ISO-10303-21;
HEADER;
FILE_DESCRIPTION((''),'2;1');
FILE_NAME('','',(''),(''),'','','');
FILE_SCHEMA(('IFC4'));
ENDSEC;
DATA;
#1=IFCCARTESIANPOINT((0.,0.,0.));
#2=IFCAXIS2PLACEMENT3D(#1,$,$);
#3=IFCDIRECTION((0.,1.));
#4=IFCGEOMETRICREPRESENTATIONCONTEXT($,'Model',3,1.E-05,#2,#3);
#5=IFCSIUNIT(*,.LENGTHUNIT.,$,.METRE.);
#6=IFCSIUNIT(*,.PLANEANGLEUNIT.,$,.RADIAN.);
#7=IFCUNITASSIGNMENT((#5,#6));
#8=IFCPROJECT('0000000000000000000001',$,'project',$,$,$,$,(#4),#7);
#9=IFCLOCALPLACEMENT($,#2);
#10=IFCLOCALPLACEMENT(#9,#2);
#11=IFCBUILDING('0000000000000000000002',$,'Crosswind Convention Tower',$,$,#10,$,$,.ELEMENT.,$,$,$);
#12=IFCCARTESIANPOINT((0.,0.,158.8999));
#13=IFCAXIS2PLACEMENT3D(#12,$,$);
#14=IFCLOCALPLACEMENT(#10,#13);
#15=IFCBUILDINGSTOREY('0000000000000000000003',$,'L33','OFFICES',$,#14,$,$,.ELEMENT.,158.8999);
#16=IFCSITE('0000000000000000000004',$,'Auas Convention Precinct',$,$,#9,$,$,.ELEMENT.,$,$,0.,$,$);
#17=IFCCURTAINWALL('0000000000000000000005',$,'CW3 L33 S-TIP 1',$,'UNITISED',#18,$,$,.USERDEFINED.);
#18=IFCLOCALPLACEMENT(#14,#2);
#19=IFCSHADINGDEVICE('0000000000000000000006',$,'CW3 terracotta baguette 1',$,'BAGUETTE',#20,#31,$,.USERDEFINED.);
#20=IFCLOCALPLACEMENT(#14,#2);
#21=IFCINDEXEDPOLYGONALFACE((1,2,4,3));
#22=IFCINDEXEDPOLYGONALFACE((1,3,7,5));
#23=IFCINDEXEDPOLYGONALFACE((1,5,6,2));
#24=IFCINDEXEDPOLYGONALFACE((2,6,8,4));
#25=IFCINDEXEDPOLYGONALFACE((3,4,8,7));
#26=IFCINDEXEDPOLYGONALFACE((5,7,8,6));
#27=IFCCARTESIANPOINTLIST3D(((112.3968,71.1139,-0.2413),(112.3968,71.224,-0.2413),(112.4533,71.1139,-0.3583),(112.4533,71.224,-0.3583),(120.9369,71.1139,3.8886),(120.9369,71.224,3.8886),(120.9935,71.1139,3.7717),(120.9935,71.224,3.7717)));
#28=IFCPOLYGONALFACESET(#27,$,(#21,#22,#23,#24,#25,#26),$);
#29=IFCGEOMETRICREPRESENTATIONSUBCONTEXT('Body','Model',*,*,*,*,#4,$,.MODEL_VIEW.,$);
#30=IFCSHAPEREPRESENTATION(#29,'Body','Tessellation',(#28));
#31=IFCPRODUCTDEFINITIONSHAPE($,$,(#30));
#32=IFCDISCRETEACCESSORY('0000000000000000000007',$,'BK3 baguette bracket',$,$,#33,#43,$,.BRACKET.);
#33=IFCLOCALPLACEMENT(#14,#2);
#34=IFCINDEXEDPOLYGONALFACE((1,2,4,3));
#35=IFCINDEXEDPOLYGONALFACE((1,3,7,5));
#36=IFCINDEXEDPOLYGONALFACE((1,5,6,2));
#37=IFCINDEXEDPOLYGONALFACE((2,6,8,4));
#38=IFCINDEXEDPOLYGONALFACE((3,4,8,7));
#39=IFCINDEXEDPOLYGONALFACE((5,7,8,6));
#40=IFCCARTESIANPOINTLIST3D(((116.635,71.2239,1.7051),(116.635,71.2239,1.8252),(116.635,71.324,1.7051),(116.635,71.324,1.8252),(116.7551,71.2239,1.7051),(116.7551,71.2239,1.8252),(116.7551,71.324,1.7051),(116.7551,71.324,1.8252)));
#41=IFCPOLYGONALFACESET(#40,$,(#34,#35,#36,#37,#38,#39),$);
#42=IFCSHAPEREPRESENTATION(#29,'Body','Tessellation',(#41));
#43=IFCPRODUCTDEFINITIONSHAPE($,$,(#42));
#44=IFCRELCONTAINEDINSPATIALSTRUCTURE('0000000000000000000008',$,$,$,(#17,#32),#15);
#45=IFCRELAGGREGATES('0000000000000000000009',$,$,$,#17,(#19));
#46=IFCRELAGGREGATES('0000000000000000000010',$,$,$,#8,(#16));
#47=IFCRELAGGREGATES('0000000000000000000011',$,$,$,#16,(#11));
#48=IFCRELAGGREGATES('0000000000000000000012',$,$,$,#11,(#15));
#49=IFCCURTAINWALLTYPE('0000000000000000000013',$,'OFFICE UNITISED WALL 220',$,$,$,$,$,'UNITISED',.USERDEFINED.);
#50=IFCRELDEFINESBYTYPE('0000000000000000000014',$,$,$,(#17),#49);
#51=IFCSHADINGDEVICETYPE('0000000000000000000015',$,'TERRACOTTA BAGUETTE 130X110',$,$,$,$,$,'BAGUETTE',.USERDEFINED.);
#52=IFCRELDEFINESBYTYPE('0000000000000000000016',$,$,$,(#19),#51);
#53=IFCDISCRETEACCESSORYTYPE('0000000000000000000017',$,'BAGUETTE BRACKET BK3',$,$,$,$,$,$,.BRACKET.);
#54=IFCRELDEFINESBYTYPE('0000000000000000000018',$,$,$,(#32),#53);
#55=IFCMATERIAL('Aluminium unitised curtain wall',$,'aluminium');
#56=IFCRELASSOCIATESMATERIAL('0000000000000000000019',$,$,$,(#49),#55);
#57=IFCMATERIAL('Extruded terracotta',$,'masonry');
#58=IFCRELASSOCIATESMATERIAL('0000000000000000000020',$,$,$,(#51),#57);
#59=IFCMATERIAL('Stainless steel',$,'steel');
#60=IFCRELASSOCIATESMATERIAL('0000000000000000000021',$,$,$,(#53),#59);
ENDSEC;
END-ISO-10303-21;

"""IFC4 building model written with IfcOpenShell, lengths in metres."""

from ifc_helpers import new_model, si_unit, direction, frame, origin, origin_2d, place, context, subcontext, project, spatial, rectangle, extrude, material, material_profile, profile_set, type_object, element, aggregate, save


model = new_model("IFC4")

# Units and contexts
model_context = context("Model", 3, precision=1e-05, world=origin(), true_north=direction((0.0, 1.0)))
body_context = subcontext(model_context, "Body", "Model", "MODEL_VIEW")
ifc_project = project(units=[si_unit("LENGTHUNIT", "METRE"), si_unit("PLANEANGLEUNIT", "RADIAN")], contexts=[model_context])

# Site, building, storey
site_placement = place(None, origin())
site = spatial("IfcSite", under=ifc_project, at=site_placement, Name="Auas Convention Precinct", CompositionType="ELEMENT", RefElevation=0.0)
building_placement = place(site_placement, origin())
building = spatial("IfcBuilding", under=site, at=building_placement, Name="Crosswind Convention Tower", CompositionType="ELEMENT")
storey_placement = place(building_placement, frame((0.0, 0.0, 158.8999)))
storey = spatial("IfcBuildingStorey", under=building, at=storey_placement, Name="L33", Description="OFFICES", CompositionType="ELEMENT", Elevation=158.8999)

# Curtain wall
ifc_material_1 = material(Name="Aluminium unitised curtain wall", Category="aluminium")
curtain_wall_type_1 = type_object("IfcCurtainWallType", Name="OFFICE UNITISED WALL 220", ElementType="UNITISED", PredefinedType="USERDEFINED", material=ifc_material_1)
curtain_wall_1_placement = place(storey_placement, origin())
curtain_wall_1 = element("IfcCurtainWall", 1, at=curtain_wall_1_placement, inside=storey, type_object=curtain_wall_type_1, Name="CW3 L33 S-TIP 1", ObjectType="UNITISED", PredefinedType="USERDEFINED")

# Shading device
ifc_material_2 = material(Name="Extruded terracotta", Category="masonry")
ifc_material_profile_1 = material_profile(ifc_material_2, rectangle(XDim=0.1101, YDim=0.1299, at=origin_2d()), Name="TC 110X130")
ifc_profile_set_1 = profile_set([ifc_material_profile_1], Name="Extruded terracotta")
shading_device_type = type_object("IfcShadingDeviceType", Name="TERRACOTTA BAGUETTE 130X110", ElementType="BAGUETTE", PredefinedType="USERDEFINED", material=ifc_profile_set_1)
shading_device_placement = place(storey_placement, frame((112.425, 71.1689, -0.2998), z_axis=(0.900258, 0.0, 0.435356), x_axis=(0.0, 1.0, 0.0)))
shading_device = element("IfcShadingDevice", 2, at=shading_device_placement, type_object=shading_device_type, Name="CW3 terracotta baguette 1", ObjectType="BAGUETTE", PredefinedType="USERDEFINED", context=body_context, shape_type="SweptSolid", body=[
    extrude(rectangle(XDim=0.1101, YDim=0.1299, at=origin_2d()), origin(), (0.0, 0.0, 1.0), 9.4863),
])
aggregate(curtain_wall_1, [shading_device])

# Discrete accessory
ifc_material_3 = material(Name="Stainless steel", Category="steel")
discrete_accessory_type = type_object("IfcDiscreteAccessoryType", Name="BAGUETTE BRACKET BK3", PredefinedType="BRACKET", material=ifc_material_3)
discrete_accessory_placement = place(storey_placement, frame((116.6951, 71.2739, 1.7051), z_axis=(0.0, 0.0, 1.0), x_axis=(1.0, 0.0, 0.0)))
element("IfcDiscreteAccessory", 3, at=discrete_accessory_placement, inside=storey, type_object=discrete_accessory_type, Name="BK3 baguette bracket", PredefinedType="BRACKET", context=body_context, shape_type="SweptSolid", body=[
    extrude(rectangle(XDim=0.1201, YDim=0.1001, at=origin_2d()), origin(), (0.0, 0.0, 1.0), 0.1201),
])

save(model, "model.ifc")
